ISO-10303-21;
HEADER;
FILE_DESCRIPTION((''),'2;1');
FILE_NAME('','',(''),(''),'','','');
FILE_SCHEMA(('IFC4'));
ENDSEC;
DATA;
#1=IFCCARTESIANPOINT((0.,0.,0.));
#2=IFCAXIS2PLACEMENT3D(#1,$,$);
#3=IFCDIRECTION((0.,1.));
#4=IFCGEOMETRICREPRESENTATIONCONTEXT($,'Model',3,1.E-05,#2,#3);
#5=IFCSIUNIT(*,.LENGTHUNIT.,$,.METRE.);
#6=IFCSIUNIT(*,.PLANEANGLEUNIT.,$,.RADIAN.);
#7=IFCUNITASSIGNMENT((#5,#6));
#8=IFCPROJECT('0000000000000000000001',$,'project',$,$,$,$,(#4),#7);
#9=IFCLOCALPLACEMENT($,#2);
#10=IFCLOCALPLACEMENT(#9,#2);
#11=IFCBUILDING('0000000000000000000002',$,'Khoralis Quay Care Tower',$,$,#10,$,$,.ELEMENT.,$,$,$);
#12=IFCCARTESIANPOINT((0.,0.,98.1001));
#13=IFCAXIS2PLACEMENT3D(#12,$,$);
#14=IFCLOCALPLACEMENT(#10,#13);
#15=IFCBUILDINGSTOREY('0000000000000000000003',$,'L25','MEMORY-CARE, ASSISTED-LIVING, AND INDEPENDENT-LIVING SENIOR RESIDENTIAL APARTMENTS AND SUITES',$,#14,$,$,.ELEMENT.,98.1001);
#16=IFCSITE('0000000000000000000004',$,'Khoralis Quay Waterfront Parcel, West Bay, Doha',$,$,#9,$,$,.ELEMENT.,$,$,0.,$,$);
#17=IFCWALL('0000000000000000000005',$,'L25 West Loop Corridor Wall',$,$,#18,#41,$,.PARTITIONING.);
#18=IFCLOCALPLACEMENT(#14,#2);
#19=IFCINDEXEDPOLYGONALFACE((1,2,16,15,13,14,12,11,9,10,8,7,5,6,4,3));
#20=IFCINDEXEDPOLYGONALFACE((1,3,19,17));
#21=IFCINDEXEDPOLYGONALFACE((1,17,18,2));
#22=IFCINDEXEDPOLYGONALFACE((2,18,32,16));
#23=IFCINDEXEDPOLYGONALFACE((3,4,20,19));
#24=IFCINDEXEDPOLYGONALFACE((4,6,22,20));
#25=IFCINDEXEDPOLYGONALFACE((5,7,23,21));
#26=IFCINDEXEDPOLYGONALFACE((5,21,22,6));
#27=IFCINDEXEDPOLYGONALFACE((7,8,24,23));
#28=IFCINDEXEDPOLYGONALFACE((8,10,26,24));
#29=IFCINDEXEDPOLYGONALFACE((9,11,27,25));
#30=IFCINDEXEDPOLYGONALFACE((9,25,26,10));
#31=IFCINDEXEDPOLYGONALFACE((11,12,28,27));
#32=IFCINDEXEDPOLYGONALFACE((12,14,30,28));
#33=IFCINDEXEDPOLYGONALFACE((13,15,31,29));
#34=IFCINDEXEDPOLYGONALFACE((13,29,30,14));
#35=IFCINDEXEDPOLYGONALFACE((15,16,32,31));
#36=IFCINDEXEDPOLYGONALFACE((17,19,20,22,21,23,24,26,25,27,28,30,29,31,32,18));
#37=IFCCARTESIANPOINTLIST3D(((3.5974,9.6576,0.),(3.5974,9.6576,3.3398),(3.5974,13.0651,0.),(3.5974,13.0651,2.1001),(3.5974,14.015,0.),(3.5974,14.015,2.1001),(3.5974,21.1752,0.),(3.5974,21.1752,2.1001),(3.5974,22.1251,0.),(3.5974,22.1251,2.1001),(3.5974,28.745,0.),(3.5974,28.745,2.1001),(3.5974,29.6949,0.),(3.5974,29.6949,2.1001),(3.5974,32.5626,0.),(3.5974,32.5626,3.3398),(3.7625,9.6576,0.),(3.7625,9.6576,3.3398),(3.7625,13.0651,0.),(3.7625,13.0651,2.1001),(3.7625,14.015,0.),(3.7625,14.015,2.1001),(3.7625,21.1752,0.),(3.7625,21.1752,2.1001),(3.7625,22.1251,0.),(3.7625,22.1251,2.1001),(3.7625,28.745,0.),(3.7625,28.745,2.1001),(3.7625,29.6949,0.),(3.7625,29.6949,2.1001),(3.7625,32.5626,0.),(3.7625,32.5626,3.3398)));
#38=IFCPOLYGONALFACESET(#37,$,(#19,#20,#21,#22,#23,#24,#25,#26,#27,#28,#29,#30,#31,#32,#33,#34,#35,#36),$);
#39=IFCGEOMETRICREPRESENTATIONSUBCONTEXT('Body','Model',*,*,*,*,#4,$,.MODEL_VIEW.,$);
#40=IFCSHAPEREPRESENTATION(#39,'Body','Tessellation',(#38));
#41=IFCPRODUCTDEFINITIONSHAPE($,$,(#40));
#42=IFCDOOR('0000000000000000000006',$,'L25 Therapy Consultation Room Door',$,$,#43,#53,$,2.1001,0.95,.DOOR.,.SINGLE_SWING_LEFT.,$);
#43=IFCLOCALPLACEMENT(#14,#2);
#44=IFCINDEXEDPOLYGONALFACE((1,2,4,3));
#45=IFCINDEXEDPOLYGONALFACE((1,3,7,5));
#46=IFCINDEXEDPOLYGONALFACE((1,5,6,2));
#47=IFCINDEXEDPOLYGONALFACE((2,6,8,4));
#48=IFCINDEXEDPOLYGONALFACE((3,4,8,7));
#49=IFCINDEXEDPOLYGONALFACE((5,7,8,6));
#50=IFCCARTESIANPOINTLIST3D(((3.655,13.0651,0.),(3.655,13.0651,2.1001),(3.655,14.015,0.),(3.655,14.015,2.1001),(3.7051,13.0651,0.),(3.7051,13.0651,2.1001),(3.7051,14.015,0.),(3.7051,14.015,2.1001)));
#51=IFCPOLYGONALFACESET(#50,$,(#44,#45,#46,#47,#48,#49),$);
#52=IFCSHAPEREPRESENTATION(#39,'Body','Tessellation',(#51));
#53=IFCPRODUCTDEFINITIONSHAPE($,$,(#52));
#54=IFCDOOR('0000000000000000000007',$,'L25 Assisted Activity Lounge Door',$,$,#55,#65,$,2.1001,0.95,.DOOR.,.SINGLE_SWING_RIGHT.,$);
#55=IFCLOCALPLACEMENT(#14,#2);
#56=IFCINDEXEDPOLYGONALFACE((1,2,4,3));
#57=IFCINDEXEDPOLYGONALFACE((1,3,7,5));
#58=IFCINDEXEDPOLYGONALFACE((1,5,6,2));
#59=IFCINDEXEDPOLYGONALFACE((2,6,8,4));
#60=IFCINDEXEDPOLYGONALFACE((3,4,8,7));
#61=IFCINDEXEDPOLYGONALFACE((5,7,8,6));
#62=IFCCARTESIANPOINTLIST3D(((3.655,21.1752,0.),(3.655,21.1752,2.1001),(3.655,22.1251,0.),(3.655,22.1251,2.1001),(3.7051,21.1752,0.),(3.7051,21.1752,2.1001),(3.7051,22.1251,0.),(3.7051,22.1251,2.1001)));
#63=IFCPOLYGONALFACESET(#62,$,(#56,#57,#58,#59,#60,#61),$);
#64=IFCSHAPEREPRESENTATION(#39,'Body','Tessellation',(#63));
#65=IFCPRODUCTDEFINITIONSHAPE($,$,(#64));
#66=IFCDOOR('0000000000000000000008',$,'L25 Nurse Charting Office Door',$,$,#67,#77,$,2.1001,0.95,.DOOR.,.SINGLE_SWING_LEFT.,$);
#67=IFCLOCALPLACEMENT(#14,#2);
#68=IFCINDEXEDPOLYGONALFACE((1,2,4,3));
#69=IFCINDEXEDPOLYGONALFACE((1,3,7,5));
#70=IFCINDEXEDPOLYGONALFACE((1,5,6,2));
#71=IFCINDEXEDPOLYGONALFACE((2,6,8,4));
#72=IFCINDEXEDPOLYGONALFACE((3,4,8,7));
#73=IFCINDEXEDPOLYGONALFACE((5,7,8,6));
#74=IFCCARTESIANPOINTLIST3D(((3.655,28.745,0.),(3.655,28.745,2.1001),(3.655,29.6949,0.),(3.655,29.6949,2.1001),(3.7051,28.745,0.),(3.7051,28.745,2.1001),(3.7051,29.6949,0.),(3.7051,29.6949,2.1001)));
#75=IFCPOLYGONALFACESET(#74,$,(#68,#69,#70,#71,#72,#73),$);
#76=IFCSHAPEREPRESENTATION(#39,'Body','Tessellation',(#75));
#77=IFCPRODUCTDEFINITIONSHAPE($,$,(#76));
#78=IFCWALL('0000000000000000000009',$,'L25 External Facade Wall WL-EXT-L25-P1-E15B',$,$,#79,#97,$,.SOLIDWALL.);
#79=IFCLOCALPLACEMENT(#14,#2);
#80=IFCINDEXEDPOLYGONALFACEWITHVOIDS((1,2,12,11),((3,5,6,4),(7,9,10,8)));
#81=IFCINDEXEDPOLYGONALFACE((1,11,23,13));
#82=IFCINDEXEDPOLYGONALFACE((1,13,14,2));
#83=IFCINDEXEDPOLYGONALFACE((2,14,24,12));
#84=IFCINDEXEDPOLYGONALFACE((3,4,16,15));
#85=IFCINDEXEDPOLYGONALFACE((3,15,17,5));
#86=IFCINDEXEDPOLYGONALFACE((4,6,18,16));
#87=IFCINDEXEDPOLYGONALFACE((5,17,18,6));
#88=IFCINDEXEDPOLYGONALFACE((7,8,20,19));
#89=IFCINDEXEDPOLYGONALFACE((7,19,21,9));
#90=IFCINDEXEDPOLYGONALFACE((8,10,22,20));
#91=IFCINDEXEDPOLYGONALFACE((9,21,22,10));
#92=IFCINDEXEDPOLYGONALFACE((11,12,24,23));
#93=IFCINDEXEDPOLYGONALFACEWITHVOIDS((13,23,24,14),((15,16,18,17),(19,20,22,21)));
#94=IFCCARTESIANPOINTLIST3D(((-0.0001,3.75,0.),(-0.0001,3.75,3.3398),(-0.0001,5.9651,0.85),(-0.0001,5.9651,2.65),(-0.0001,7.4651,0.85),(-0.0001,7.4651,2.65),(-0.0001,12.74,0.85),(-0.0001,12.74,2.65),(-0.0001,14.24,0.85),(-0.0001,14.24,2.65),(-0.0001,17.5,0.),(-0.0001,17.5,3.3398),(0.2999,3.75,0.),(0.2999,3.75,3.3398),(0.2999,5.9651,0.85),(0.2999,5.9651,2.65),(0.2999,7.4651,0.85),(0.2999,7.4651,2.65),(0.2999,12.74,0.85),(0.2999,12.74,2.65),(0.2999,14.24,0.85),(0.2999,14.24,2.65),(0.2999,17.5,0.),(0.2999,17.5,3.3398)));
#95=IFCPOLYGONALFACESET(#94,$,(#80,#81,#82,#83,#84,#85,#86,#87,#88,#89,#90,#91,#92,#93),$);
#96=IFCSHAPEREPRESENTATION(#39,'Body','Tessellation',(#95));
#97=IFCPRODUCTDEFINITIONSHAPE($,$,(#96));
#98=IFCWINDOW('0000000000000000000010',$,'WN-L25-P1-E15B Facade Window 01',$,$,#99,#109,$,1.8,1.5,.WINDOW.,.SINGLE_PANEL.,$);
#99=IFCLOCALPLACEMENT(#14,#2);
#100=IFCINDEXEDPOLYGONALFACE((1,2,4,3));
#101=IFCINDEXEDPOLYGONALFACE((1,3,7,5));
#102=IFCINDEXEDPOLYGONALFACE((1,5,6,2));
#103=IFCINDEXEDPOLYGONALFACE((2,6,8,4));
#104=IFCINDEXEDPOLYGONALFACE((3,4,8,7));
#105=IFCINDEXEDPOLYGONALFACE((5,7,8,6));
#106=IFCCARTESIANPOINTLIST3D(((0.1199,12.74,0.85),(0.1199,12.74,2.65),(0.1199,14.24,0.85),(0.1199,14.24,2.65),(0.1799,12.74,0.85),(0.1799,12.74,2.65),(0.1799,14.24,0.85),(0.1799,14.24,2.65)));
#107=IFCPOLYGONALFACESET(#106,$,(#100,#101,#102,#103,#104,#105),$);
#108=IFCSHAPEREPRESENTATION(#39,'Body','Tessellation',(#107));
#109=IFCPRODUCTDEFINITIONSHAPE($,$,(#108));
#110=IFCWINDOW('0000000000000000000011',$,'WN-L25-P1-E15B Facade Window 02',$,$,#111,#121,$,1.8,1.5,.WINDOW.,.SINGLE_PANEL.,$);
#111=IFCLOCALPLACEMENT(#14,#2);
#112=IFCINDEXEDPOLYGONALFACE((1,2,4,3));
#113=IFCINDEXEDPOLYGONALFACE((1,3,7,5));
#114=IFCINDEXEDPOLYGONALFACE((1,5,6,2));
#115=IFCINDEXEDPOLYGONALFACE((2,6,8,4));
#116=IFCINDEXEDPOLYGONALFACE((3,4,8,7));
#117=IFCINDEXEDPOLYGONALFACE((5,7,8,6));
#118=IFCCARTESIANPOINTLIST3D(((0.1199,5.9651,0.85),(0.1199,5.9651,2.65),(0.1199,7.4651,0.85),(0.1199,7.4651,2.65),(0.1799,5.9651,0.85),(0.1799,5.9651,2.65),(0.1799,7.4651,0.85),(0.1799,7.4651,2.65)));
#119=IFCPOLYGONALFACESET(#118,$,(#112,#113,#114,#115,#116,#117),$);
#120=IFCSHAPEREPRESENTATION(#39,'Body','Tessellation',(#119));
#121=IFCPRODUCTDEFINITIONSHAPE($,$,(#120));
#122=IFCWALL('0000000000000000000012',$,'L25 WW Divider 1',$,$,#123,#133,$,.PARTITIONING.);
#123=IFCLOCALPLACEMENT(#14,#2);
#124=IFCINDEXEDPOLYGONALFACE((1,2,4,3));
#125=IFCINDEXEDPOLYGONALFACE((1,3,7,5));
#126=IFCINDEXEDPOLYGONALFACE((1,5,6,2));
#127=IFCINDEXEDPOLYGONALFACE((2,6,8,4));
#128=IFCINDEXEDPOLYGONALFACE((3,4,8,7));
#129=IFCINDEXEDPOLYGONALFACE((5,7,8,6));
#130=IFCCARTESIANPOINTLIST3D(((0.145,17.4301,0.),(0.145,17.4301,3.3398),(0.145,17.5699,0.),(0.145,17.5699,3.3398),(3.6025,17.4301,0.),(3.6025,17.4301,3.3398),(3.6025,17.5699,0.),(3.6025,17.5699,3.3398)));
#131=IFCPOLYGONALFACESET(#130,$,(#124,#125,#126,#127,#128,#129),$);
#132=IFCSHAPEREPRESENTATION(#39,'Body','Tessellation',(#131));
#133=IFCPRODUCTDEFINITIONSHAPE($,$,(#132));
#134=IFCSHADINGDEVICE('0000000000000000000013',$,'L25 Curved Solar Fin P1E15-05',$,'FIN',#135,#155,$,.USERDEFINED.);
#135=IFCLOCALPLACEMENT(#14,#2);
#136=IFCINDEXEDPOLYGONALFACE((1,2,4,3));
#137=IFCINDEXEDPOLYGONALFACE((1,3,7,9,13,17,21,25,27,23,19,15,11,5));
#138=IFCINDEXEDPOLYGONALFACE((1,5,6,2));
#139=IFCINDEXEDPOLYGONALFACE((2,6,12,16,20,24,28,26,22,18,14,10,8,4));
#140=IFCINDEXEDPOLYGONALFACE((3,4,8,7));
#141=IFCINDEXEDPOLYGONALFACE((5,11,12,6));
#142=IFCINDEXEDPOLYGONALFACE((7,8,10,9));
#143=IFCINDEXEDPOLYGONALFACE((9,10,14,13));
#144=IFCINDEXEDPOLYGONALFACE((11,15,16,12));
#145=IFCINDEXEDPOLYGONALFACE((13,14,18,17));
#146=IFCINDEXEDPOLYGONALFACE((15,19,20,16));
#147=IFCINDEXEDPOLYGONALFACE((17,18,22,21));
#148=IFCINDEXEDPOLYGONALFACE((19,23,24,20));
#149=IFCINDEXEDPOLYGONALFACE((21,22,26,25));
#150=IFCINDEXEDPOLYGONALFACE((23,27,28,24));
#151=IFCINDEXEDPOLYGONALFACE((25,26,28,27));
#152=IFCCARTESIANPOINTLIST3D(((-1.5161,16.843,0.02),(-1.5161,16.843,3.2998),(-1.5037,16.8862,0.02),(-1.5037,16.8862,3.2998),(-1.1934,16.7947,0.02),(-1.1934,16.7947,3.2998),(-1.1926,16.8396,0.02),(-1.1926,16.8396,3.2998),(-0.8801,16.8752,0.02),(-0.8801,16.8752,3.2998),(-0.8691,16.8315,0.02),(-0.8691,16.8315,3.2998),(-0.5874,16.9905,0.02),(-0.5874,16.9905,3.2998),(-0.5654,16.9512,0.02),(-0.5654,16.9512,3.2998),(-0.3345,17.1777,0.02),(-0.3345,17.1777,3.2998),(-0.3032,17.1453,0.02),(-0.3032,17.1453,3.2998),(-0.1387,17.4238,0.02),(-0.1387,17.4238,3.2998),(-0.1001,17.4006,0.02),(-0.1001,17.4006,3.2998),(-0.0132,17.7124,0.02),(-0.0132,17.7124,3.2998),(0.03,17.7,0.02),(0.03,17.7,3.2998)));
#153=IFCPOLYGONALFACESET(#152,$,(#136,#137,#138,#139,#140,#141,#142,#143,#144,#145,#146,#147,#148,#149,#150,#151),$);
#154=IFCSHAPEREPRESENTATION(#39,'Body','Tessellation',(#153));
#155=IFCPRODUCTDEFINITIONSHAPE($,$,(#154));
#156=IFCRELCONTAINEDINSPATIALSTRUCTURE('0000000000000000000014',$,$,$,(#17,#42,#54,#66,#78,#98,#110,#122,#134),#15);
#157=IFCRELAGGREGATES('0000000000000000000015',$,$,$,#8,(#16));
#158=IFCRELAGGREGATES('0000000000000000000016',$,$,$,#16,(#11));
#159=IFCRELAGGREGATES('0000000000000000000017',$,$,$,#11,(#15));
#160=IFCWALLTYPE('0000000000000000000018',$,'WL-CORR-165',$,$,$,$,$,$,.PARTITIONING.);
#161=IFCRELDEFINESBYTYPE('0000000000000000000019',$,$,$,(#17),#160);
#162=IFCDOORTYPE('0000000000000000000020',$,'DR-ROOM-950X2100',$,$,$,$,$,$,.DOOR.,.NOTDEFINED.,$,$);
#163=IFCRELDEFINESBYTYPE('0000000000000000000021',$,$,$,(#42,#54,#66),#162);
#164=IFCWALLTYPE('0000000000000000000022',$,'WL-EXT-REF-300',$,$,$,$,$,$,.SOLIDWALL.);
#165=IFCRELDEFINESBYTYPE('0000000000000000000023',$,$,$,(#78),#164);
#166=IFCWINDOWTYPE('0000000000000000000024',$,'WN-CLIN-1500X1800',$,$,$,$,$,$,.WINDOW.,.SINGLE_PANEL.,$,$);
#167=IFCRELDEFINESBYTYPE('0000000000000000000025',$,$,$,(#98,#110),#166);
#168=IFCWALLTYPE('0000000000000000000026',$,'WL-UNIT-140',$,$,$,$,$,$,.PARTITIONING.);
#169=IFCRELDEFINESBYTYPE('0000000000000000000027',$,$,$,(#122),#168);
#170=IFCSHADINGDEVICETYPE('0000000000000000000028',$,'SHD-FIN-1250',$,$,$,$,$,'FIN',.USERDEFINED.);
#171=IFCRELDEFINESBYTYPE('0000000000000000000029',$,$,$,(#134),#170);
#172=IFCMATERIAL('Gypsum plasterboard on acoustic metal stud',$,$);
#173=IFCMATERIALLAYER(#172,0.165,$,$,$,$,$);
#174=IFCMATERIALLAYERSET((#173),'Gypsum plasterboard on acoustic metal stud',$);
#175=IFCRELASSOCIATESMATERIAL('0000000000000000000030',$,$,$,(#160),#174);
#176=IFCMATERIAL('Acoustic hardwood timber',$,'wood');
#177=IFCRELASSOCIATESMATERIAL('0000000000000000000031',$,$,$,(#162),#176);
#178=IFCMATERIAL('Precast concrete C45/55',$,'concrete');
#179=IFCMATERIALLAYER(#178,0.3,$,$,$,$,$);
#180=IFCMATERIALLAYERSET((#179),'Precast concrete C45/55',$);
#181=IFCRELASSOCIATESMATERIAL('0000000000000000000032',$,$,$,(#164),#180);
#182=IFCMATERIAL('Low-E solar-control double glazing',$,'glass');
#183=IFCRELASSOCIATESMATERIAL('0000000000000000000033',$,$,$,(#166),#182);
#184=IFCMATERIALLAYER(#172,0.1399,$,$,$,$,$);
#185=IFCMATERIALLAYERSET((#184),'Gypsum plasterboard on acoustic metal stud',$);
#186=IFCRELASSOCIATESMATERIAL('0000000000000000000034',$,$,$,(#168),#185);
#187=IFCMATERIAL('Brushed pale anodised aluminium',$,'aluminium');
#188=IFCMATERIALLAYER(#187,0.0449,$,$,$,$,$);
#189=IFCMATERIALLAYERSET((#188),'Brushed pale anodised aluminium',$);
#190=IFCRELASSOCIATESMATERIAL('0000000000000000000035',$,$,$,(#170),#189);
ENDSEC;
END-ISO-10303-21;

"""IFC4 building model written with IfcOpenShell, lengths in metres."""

from ifc_helpers import new_model, si_unit, direction, frame, frame_2d, origin, place, context, subcontext, project, spatial, polyline, rectangle, outline, extrude, source, transform, mapped, material, layer, layer_set, type_object, element, fill, save


model = new_model("IFC4")

# Units and contexts
model_context = context("Model", 3, precision=1e-05, world=origin(), true_north=direction((0.0, 1.0)))
body_context = subcontext(model_context, "Body", "Model", "MODEL_VIEW")
ifc_project = project(units=[si_unit("LENGTHUNIT", "METRE"), si_unit("PLANEANGLEUNIT", "RADIAN")], contexts=[model_context])

# Site, building, storey
site_placement = place(None, origin())
site = spatial("IfcSite", under=ifc_project, at=site_placement, Name="Khoralis Quay Waterfront Parcel, West Bay, Doha", CompositionType="ELEMENT", RefElevation=0.0)
building_placement = place(site_placement, origin())
building = spatial("IfcBuilding", under=site, at=building_placement, Name="Khoralis Quay Care Tower", CompositionType="ELEMENT")
storey_placement = place(building_placement, frame((0.0, 0.0, 98.1001)))
storey = spatial("IfcBuildingStorey", under=building, at=storey_placement, Name="L25", Description="MEMORY-CARE, ASSISTED-LIVING, AND INDEPENDENT-LIVING SENIOR RESIDENTIAL APARTMENTS AND SUITES", CompositionType="ELEMENT", Elevation=98.1001)

# Wall, openings, doors
ifc_material_1 = material(Name="Gypsum plasterboard on acoustic metal stud")
ifc_layer_1 = layer(ifc_material_1, 0.165)
ifc_layer_set_1 = layer_set([ifc_layer_1], Name="Gypsum plasterboard on acoustic metal stud")
wall_type_1 = type_object("IfcWallType", Name="WL-CORR-165", PredefinedType="PARTITIONING", material=ifc_layer_set_1)
ifc_material_2 = material(Name="Acoustic hardwood timber", Category="wood")
door_type_1 = type_object("IfcDoorType", Name="DR-ROOM-950X2100", OperationType="NOTDEFINED", PredefinedType="DOOR", material=ifc_material_2)
shared_shape_1 = source(origin(), body_context, "Body", "SweptSolid", [
    extrude(rectangle(XDim=0.95, YDim=2.1001, at=frame_2d((0.4751, 1.05))), frame((0.0, 0.0249, 0.0), z_axis=(0.0, -1.0, 0.0), x_axis=(1.0, 0.0, 0.0)), (0.0, 0.0, 1.0), 0.05),
])
wall_1_placement = place(storey_placement, frame((3.6799, 9.6575, 0.0), z_axis=(0.0, 0.0, 1.0), x_axis=(0.0, 1.0, 0.0)))
wall_1 = element("IfcWall", 1, at=wall_1_placement, inside=storey, type_object=wall_type_1, Name="L25 West Loop Corridor Wall", PredefinedType="PARTITIONING", context=body_context, shape_type="SweptSolid", body=[
    extrude(rectangle(XDim=22.905, YDim=0.165, at=frame_2d((11.4526, 0.0))), origin(), (0.0, 0.0, 1.0), 3.3398),
])
opening_1_placement = place(wall_1_placement, frame((3.4075, 0.0, 0.0)))
opening_1 = element("IfcOpeningElement", 2, at=opening_1_placement, cuts=wall_1, PredefinedType="OPENING", context=body_context, shape_type="SweptSolid", body=[
    extrude(rectangle(XDim=0.95, YDim=2.1001, at=frame_2d((0.4751, 1.05))), frame((0.0, 0.0925, 0.0), z_axis=(0.0, -1.0, 0.0), x_axis=(1.0, 0.0, 0.0)), (0.0, 0.0, 1.0), 0.1851),
])
opening_2_placement = place(wall_1_placement, frame((11.5176, 0.0, 0.0)))
opening_2 = element("IfcOpeningElement", 3, at=opening_2_placement, cuts=wall_1, PredefinedType="OPENING", context=body_context, shape_type="SweptSolid", body=[
    extrude(rectangle(XDim=0.95, YDim=2.1001, at=frame_2d((0.4751, 1.05))), frame((0.0, 0.0925, 0.0), z_axis=(0.0, -1.0, 0.0), x_axis=(1.0, 0.0, 0.0)), (0.0, 0.0, 1.0), 0.1851),
])
opening_3_placement = place(wall_1_placement, frame((19.0874, 0.0, 0.0)))
opening_3 = element("IfcOpeningElement", 4, at=opening_3_placement, cuts=wall_1, PredefinedType="OPENING", context=body_context, shape_type="SweptSolid", body=[
    extrude(rectangle(XDim=0.95, YDim=2.1001, at=frame_2d((0.4751, 1.05))), frame((0.0, 0.0925, 0.0), z_axis=(0.0, -1.0, 0.0), x_axis=(1.0, 0.0, 0.0)), (0.0, 0.0, 1.0), 0.1851),
])
door_1_placement = place(opening_1_placement, origin())
door_1 = element("IfcDoor", 5, at=door_1_placement, inside=storey, type_object=door_type_1, Name="L25 Therapy Consultation Room Door", OperationType="SINGLE_SWING_LEFT", OverallHeight=2.1001, OverallWidth=0.95, PredefinedType="DOOR", context=body_context, shape_type="MappedRepresentation", body=[
    mapped(shared_shape_1, transform((0.0, 0.0, 0.0), scale=1.0)),
])
fill(opening_1, door_1)
door_2_placement = place(opening_2_placement, origin())
door_2 = element("IfcDoor", 6, at=door_2_placement, inside=storey, type_object=door_type_1, Name="L25 Assisted Activity Lounge Door", OperationType="SINGLE_SWING_RIGHT", OverallHeight=2.1001, OverallWidth=0.95, PredefinedType="DOOR", context=body_context, shape_type="MappedRepresentation", body=[
    mapped(shared_shape_1, transform((0.0, 0.0, 0.0), scale=1.0)),
])
fill(opening_2, door_2)
door_3_placement = place(opening_3_placement, origin())
door_3 = element("IfcDoor", 7, at=door_3_placement, inside=storey, type_object=door_type_1, Name="L25 Nurse Charting Office Door", OperationType="SINGLE_SWING_LEFT", OverallHeight=2.1001, OverallWidth=0.95, PredefinedType="DOOR", context=body_context, shape_type="MappedRepresentation", body=[
    mapped(shared_shape_1, transform((0.0, 0.0, 0.0), scale=1.0)),
])
fill(opening_3, door_3)

# Wall, openings, windows
ifc_material_3 = material(Name="Precast concrete C45/55", Category="concrete")
ifc_layer_2 = layer(ifc_material_3, 0.3)
ifc_layer_set_2 = layer_set([ifc_layer_2], Name="Precast concrete C45/55")
wall_type_2 = type_object("IfcWallType", Name="WL-EXT-REF-300", PredefinedType="SOLIDWALL", material=ifc_layer_set_2)
wall_2_placement = place(storey_placement, frame((0.1499, 17.5, 0.0), z_axis=(0.0, 0.0, 1.0), x_axis=(0.0, -1.0, 0.0)))
wall_2 = element("IfcWall", 8, at=wall_2_placement, inside=storey, type_object=wall_type_2, Name="L25 External Facade Wall WL-EXT-L25-P1-E15B", PredefinedType="SOLIDWALL", context=body_context, shape_type="SweptSolid", body=[
    extrude(rectangle(XDim=13.75, YDim=0.3, at=frame_2d((6.875, 0.0))), origin(), (0.0, 0.0, 1.0), 3.3398),
])
opening_4_placement = place(wall_2_placement, frame((3.26, 0.0, 0.8501)))
opening_4 = element("IfcOpeningElement", 9, at=opening_4_placement, cuts=wall_2, PredefinedType="OPENING", context=body_context, shape_type="SweptSolid", body=[
    extrude(rectangle(XDim=1.5, YDim=1.8, at=frame_2d((0.75, 0.8999))), frame((0.0, 0.1602, 0.0), z_axis=(0.0, -1.0, 0.0), x_axis=(1.0, 0.0, 0.0)), (0.0, 0.0, 1.0), 0.3201),
])
opening_5_placement = place(wall_2_placement, frame((10.0349, 0.0, 0.8501)))
opening_5 = element("IfcOpeningElement", 10, at=opening_5_placement, cuts=wall_2, PredefinedType="OPENING", context=body_context, shape_type="SweptSolid", body=[
    extrude(rectangle(XDim=1.5, YDim=1.8, at=frame_2d((0.75, 0.8999))), frame((0.0, 0.1602, 0.0), z_axis=(0.0, -1.0, 0.0), x_axis=(1.0, 0.0, 0.0)), (0.0, 0.0, 1.0), 0.3201),
])
ifc_material_4 = material(Name="Low-E solar-control double glazing", Category="glass")
window_type = type_object("IfcWindowType", Name="WN-CLIN-1500X1800", PartitioningType="SINGLE_PANEL", PredefinedType="WINDOW", material=ifc_material_4)
shared_shape_2 = source(origin(), body_context, "Body", "SweptSolid", [
    extrude(rectangle(XDim=1.5, YDim=1.8, at=frame_2d((0.75, 0.8999))), frame((0.0, 0.03, 0.0), z_axis=(0.0, -1.0, 0.0), x_axis=(1.0, 0.0, 0.0)), (0.0, 0.0, 1.0), 0.0601),
])
window_1_placement = place(opening_4_placement, origin())
window_1 = element("IfcWindow", 11, at=window_1_placement, inside=storey, type_object=window_type, Name="WN-L25-P1-E15B Facade Window 01", OverallHeight=1.8, OverallWidth=1.5, PartitioningType="SINGLE_PANEL", PredefinedType="WINDOW", context=body_context, shape_type="MappedRepresentation", body=[
    mapped(shared_shape_2, transform((0.0, 0.0, 0.0), scale=1.0)),
])
fill(opening_4, window_1)
window_2_placement = place(opening_5_placement, origin())
window_2 = element("IfcWindow", 12, at=window_2_placement, inside=storey, type_object=window_type, Name="WN-L25-P1-E15B Facade Window 02", OverallHeight=1.8, OverallWidth=1.5, PartitioningType="SINGLE_PANEL", PredefinedType="WINDOW", context=body_context, shape_type="MappedRepresentation", body=[
    mapped(shared_shape_2, transform((0.0, 0.0, 0.0), scale=1.0)),
])
fill(opening_5, window_2)

# Wall
ifc_layer_3 = layer(ifc_material_1, 0.1399)
ifc_layer_set_3 = layer_set([ifc_layer_3], Name="Gypsum plasterboard on acoustic metal stud")
wall_type_3 = type_object("IfcWallType", Name="WL-UNIT-140", PredefinedType="PARTITIONING", material=ifc_layer_set_3)
wall_3_placement = place(storey_placement, frame((0.145, 17.5, 0.0), z_axis=(0.0, 0.0, 1.0), x_axis=(1.0, 0.0, 0.0)))
element("IfcWall", 13, at=wall_3_placement, inside=storey, type_object=wall_type_3, Name="L25 WW Divider 1", PredefinedType="PARTITIONING", context=body_context, shape_type="SweptSolid", body=[
    extrude(rectangle(XDim=3.4575, YDim=0.1399, at=frame_2d((1.7288, 0.0))), origin(), (0.0, 0.0, 1.0), 3.3398),
])

# Shading device
ifc_material_5 = material(Name="Brushed pale anodised aluminium", Category="aluminium")
ifc_layer_4 = layer(ifc_material_5, 0.0449)
ifc_layer_set_4 = layer_set([ifc_layer_4], Name="Brushed pale anodised aluminium")
shading_device_type = type_object("IfcShadingDeviceType", Name="SHD-FIN-1250", ElementType="FIN", PredefinedType="USERDEFINED", material=ifc_layer_set_4)
shared_shape_3 = source(origin(), body_context, "Body", "SweptSolid", [
    extrude(outline(polyline([(0.0, 0.0), (0.1301, 0.2993), (0.3333, 0.5547), (0.5955, 0.7488), (0.8992, 0.8684), (1.2234, 0.9053), (1.5461, 0.8569), (1.5337, 0.8137), (1.2227, 0.8604), (0.9102, 0.8247), (0.6174, 0.7095), (0.3645, 0.5222), (0.1687, 0.2761), (0.0432, -0.0125), (0.0, 0.0)])), origin(), (0.0, 0.0, 1.0), 3.2798),
])
for number, where, z_axis, x_axis, name in (
    (14, (0.03, 17.7, 0.02), (0.0, 0.0, 1.0), (-1.0, 0.0, 0.0), "L25 Curved Solar Fin P1E15-05"),
):
    element("IfcShadingDevice", number, at=place(storey_placement, frame(where, z_axis=z_axis, x_axis=x_axis)), inside=storey, type_object=shading_device_type, Name=name, ObjectType="FIN", PredefinedType="USERDEFINED", context=body_context, shape_type="MappedRepresentation", body=[
        mapped(shared_shape_3, transform((0.0, 0.0, 0.0), scale=1.0)),
    ])

save(model, "model.ifc")
